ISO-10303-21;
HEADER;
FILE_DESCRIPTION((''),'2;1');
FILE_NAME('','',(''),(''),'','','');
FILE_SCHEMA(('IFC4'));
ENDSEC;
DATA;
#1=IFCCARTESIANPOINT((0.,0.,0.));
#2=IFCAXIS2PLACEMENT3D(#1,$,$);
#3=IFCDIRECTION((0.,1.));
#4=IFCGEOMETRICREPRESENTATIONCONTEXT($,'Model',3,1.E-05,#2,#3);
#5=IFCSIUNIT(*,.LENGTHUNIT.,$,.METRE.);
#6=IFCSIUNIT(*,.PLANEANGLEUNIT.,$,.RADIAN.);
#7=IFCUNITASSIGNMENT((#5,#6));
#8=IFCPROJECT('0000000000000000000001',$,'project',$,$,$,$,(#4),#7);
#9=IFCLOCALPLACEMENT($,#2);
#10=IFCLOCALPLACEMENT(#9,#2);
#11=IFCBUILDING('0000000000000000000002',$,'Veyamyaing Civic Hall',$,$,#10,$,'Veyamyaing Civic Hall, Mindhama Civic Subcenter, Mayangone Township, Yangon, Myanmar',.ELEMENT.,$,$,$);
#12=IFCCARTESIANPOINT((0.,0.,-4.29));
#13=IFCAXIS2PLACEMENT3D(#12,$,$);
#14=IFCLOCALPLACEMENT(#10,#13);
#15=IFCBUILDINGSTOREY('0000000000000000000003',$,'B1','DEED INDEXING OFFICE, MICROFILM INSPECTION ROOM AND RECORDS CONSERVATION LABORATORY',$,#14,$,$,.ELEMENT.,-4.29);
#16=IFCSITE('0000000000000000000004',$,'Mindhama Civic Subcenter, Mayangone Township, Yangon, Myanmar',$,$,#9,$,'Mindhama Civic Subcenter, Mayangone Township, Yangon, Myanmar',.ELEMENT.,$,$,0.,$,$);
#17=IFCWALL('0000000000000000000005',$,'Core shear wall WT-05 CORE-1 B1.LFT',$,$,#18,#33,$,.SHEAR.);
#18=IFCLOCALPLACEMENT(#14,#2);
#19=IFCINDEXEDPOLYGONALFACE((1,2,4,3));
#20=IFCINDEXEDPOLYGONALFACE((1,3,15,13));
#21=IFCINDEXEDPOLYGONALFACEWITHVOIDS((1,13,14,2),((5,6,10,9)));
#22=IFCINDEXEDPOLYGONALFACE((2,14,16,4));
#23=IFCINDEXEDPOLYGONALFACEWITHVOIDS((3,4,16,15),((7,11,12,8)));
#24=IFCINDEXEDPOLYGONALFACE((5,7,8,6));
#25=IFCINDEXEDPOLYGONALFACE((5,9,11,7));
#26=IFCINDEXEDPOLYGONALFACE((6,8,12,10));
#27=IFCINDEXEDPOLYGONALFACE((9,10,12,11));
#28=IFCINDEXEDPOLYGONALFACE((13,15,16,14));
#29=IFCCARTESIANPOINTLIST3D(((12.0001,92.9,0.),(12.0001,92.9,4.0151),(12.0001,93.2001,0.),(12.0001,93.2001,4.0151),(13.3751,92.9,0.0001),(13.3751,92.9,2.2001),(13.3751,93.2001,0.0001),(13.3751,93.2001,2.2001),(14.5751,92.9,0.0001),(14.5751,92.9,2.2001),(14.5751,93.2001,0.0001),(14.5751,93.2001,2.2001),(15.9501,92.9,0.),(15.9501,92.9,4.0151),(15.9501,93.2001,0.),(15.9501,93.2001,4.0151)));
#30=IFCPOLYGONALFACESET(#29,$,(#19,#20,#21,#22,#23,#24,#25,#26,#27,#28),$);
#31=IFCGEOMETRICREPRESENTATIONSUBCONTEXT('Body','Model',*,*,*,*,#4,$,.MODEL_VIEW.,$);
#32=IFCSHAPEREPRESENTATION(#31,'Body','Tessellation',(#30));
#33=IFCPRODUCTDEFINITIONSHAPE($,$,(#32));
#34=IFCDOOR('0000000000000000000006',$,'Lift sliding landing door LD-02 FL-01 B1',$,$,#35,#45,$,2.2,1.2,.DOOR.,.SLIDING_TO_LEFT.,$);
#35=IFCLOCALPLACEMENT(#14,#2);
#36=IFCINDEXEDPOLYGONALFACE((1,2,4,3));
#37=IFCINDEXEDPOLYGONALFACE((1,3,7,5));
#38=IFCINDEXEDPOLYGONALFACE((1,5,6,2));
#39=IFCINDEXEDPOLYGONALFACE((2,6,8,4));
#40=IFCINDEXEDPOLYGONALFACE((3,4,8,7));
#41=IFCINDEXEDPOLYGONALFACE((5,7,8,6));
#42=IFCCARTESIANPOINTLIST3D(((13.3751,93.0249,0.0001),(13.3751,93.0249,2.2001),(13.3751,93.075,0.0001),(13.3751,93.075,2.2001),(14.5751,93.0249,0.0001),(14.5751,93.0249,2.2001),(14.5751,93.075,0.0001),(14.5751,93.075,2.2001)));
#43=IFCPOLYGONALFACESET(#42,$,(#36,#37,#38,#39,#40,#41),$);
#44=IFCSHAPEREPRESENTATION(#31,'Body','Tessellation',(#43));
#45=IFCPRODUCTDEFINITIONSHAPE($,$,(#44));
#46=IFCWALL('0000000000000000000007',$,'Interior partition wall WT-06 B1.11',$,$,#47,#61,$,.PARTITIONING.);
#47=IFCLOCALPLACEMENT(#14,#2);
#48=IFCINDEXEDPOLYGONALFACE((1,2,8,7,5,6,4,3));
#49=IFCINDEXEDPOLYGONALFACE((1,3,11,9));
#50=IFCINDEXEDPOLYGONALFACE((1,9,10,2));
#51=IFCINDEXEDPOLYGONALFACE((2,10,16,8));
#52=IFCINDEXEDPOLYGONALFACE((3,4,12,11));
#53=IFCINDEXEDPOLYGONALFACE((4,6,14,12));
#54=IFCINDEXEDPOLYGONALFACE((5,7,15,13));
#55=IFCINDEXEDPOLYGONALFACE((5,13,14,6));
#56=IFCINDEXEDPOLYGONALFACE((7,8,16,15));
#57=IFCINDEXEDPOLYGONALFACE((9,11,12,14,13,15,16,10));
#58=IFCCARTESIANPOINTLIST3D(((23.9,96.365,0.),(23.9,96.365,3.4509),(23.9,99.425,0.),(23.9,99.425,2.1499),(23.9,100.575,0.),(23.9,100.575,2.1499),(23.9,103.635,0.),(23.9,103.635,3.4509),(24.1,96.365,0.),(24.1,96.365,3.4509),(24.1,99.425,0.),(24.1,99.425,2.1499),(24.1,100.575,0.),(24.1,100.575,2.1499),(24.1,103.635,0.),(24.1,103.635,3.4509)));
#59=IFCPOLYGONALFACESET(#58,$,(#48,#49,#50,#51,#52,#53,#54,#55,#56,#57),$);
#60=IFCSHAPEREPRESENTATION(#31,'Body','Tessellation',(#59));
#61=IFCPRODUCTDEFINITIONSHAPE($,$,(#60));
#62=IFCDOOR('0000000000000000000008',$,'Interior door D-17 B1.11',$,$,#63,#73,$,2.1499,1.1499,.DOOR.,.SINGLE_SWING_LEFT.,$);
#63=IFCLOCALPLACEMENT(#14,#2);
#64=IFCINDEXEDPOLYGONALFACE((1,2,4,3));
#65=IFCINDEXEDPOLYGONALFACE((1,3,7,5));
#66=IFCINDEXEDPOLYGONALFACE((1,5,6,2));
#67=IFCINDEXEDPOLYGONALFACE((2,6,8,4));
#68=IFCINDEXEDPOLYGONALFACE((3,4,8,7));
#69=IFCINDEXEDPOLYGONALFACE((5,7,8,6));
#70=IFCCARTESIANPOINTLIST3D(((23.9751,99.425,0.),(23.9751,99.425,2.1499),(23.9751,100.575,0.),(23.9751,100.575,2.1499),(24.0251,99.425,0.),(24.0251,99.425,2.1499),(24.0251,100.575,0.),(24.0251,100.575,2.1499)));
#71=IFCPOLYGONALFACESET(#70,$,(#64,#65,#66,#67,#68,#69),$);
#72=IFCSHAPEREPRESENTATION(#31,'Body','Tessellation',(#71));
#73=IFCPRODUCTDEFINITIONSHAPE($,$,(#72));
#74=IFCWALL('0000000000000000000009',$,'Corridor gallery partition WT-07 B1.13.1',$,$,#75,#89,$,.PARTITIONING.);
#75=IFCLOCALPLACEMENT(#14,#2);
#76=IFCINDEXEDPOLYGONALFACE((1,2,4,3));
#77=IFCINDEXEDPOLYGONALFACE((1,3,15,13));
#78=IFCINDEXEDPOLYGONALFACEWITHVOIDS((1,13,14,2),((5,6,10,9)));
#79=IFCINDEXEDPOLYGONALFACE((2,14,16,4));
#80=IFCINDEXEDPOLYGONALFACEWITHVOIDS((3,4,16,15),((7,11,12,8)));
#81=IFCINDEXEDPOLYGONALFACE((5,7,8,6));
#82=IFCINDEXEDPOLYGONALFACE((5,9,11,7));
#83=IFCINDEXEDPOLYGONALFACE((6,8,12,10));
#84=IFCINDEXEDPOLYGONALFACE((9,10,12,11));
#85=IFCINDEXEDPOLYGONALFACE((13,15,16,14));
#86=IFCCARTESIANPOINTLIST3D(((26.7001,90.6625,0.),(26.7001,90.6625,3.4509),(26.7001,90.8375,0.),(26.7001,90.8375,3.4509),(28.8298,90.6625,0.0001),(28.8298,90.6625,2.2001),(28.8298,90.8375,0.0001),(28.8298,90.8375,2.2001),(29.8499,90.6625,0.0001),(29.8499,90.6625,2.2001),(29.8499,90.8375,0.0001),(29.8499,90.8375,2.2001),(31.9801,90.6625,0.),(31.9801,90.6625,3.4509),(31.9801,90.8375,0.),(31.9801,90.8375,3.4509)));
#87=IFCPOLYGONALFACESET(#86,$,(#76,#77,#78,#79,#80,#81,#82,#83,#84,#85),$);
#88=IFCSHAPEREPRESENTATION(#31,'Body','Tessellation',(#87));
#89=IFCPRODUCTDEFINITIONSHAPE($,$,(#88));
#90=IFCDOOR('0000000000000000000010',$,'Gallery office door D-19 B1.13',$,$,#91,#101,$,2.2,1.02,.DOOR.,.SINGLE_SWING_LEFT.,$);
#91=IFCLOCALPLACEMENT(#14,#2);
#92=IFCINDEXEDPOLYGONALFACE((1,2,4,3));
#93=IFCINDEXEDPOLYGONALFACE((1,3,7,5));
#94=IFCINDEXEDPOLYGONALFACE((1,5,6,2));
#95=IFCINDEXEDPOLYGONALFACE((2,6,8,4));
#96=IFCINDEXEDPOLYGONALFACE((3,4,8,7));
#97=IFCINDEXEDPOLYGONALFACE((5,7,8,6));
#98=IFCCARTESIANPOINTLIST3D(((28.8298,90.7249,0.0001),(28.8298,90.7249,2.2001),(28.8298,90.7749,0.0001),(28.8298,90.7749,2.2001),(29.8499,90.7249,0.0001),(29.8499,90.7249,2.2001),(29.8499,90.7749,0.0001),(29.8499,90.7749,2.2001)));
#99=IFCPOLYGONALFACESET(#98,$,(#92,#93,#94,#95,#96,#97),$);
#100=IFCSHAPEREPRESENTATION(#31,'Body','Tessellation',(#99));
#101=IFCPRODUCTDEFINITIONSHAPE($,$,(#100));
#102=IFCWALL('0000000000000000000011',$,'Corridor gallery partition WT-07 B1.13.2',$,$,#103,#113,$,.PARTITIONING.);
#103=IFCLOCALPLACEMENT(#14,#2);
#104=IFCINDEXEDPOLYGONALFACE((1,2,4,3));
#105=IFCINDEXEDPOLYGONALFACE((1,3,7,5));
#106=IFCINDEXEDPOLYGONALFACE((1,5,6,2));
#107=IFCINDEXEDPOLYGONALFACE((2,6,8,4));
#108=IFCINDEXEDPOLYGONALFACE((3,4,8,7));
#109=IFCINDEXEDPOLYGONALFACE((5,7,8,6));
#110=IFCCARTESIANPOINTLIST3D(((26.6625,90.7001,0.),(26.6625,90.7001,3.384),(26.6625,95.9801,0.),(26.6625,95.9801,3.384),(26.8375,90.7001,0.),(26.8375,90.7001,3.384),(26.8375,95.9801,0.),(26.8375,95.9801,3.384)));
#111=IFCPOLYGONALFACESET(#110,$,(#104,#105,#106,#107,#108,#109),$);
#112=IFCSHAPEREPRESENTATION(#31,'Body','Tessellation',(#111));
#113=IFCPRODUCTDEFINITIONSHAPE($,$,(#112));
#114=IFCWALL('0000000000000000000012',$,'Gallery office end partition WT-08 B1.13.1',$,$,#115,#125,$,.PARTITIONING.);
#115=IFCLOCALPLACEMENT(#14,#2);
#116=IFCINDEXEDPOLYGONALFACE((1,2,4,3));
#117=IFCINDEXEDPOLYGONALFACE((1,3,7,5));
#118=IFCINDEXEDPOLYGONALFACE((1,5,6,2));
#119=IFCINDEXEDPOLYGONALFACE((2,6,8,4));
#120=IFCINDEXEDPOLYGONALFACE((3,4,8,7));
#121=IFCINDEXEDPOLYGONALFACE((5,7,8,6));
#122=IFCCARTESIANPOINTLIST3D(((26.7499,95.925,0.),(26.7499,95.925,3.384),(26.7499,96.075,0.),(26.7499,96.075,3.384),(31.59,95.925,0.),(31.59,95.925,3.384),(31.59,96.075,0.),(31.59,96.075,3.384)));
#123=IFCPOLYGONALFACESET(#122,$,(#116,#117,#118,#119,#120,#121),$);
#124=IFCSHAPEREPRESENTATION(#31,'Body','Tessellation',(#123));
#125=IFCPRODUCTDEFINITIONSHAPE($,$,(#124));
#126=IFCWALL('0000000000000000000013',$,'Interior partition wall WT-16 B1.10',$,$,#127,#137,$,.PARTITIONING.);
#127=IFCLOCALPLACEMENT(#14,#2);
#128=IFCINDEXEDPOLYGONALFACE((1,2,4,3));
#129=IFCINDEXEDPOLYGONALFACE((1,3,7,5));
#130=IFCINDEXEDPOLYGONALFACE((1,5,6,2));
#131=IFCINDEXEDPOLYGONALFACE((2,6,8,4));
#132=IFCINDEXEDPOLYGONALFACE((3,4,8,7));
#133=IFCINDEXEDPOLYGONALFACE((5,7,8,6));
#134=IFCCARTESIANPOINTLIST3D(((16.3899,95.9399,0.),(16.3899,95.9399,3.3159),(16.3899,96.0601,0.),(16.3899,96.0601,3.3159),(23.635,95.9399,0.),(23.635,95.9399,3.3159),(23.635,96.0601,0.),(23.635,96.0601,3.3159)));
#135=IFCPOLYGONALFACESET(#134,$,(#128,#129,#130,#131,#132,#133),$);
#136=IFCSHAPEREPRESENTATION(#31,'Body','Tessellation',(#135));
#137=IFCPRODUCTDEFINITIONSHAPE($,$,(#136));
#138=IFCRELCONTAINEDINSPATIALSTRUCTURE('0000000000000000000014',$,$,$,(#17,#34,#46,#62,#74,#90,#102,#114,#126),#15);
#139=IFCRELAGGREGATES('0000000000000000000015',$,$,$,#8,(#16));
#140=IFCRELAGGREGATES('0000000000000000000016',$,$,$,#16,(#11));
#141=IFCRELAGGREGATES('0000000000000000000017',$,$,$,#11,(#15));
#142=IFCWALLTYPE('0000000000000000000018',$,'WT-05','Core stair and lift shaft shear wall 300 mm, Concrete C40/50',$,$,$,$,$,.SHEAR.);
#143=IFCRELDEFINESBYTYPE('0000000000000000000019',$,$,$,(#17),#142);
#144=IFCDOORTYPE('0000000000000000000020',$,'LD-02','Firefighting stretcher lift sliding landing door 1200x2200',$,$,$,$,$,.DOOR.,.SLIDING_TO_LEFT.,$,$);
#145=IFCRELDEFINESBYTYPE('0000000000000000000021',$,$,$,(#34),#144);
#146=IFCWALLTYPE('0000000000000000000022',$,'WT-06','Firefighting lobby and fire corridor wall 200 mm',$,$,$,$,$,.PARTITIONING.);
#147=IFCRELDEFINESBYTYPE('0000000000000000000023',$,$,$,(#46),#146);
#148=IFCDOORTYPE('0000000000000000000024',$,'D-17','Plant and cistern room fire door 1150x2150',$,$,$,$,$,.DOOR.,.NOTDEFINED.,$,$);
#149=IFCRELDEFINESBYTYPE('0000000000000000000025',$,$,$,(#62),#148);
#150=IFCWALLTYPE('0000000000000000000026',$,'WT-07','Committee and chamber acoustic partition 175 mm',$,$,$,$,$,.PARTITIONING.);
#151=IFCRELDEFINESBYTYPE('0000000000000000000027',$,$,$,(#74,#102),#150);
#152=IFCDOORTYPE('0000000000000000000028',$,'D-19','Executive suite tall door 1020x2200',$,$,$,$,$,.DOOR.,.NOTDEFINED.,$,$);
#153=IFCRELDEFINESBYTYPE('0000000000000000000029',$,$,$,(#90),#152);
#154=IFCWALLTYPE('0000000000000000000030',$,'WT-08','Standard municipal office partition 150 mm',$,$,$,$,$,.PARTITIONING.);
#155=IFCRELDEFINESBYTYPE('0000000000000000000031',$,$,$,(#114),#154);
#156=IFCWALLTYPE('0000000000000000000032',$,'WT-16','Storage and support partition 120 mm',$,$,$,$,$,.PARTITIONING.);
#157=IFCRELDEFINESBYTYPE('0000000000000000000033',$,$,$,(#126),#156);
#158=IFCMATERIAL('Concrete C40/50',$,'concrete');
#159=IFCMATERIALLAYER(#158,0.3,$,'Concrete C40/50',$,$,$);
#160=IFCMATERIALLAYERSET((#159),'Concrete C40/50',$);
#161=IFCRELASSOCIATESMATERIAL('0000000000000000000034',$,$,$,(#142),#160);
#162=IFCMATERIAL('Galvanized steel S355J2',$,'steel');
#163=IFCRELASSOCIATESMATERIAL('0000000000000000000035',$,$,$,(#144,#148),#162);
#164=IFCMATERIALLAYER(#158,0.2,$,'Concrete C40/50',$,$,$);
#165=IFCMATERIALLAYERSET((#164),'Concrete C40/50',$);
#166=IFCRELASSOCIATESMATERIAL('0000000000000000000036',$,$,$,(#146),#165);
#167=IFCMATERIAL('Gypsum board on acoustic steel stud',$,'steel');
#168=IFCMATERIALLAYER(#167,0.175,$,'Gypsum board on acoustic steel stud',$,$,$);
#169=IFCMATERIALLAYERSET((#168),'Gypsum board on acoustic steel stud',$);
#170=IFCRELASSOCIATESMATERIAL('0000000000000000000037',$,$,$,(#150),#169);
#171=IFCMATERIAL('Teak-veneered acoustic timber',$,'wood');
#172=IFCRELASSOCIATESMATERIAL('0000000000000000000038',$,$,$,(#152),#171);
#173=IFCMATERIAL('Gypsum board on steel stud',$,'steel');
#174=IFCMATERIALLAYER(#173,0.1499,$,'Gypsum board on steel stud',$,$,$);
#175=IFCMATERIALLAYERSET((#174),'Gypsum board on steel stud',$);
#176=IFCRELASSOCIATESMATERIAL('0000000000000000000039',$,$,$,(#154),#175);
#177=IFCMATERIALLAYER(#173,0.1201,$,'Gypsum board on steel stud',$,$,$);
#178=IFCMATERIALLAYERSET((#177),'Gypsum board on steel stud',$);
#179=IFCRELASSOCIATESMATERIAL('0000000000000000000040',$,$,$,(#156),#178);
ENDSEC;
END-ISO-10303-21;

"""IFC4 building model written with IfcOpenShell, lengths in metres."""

from ifc_helpers import new_model, si_unit, direction, frame, frame_2d, origin, place, context, subcontext, project, spatial, rectangle, extrude, material, layer, layer_set, type_object, element, fill, save


model = new_model("IFC4")

# Units and contexts
model_context = context("Model", 3, precision=1e-05, world=origin(), true_north=direction((0.0, 1.0)))
body_context = subcontext(model_context, "Body", "Model", "MODEL_VIEW")
ifc_project = project(units=[si_unit("LENGTHUNIT", "METRE"), si_unit("PLANEANGLEUNIT", "RADIAN")], contexts=[model_context])

# Site, building, storey
site_placement = place(None, origin())
site = spatial("IfcSite", under=ifc_project, at=site_placement, Name="Mindhama Civic Subcenter, Mayangone Township, Yangon, Myanmar", LongName="Mindhama Civic Subcenter, Mayangone Township, Yangon, Myanmar", CompositionType="ELEMENT", RefElevation=0.0)
building_placement = place(site_placement, origin())
building = spatial("IfcBuilding", under=site, at=building_placement, Name="Veyamyaing Civic Hall", LongName="Veyamyaing Civic Hall, Mindhama Civic Subcenter, Mayangone Township, Yangon, Myanmar", CompositionType="ELEMENT")
storey_placement = place(building_placement, frame((0.0, 0.0, -4.29)))
storey = spatial("IfcBuildingStorey", under=building, at=storey_placement, Name="B1", Description="DEED INDEXING OFFICE, MICROFILM INSPECTION ROOM AND RECORDS CONSERVATION LABORATORY", CompositionType="ELEMENT", Elevation=-4.29)

# Shared definitions
ifc_material_1 = material(Name="Concrete C40/50", Category="concrete")

# Walls, openings, doors
ifc_layer_1 = layer(ifc_material_1, 0.3, Name="Concrete C40/50")
ifc_layer_set_1 = layer_set([ifc_layer_1], Name="Concrete C40/50")
wall_type_1 = type_object("IfcWallType", Name="WT-05", Description="Core stair and lift shaft shear wall 300 mm, Concrete C40/50", PredefinedType="SHEAR", material=ifc_layer_set_1)
wall_1_placement = place(storey_placement, frame((12.0, 93.05, 0.0), z_axis=(0.0, 0.0, 1.0), x_axis=(1.0, 0.0, 0.0)))
wall_1 = element("IfcWall", 1, at=wall_1_placement, inside=storey, type_object=wall_type_1, Name="Core shear wall WT-05 CORE-1 B1.LFT", PredefinedType="SHEAR", context=body_context, shape_type="SweptSolid", body=[
    extrude(rectangle(XDim=3.95, YDim=0.3, at=frame_2d((1.9751, 0.0))), origin(), (0.0, 0.0, 1.0), 4.0151),
])
opening_1_placement = place(wall_1_placement, frame((1.375, 0.0, 0.0)))
opening_1 = element("IfcOpeningElement", 2, at=opening_1_placement, cuts=wall_1, PredefinedType="OPENING", context=body_context, shape_type="SweptSolid", body=[
    extrude(rectangle(XDim=1.2, YDim=2.2, at=frame_2d((0.6001, 1.1001))), frame((0.0, 0.1599, 0.0), z_axis=(0.0, -1.0, 0.0), x_axis=(1.0, 0.0, 0.0)), (0.0, 0.0, 1.0), 0.3201),
])
ifc_material_2 = material(Name="Galvanized steel S355J2", Category="steel")
door_type_1 = type_object("IfcDoorType", Name="LD-02", Description="Firefighting stretcher lift sliding landing door 1200x2200", OperationType="SLIDING_TO_LEFT", PredefinedType="DOOR", material=ifc_material_2)
door_1_placement = place(opening_1_placement, origin())
door_1 = element("IfcDoor", 3, at=door_1_placement, inside=storey, type_object=door_type_1, Name="Lift sliding landing door LD-02 FL-01 B1", OperationType="SLIDING_TO_LEFT", OverallHeight=2.2, OverallWidth=1.2, PredefinedType="DOOR", context=body_context, shape_type="SweptSolid", body=[
    extrude(rectangle(XDim=1.2, YDim=2.2, at=frame_2d((0.6001, 1.1001))), frame((0.0, 0.0249, 0.0), z_axis=(0.0, -1.0, 0.0), x_axis=(1.0, 0.0, 0.0)), (0.0, 0.0, 1.0), 0.05),
])
fill(opening_1, door_1)
ifc_layer_2 = layer(ifc_material_1, 0.2, Name="Concrete C40/50")
ifc_layer_set_2 = layer_set([ifc_layer_2], Name="Concrete C40/50")
wall_type_2 = type_object("IfcWallType", Name="WT-06", Description="Firefighting lobby and fire corridor wall 200 mm", PredefinedType="PARTITIONING", material=ifc_layer_set_2)
wall_2_placement = place(storey_placement, frame((24.0, 96.365, 0.0), z_axis=(0.0, 0.0, 1.0), x_axis=(0.0, 1.0, 0.0)))
wall_2 = element("IfcWall", 4, at=wall_2_placement, inside=storey, type_object=wall_type_2, Name="Interior partition wall WT-06 B1.11", PredefinedType="PARTITIONING", context=body_context, shape_type="SweptSolid", body=[
    extrude(rectangle(XDim=7.27, YDim=0.2, at=frame_2d((3.635, 0.0))), origin(), (0.0, 0.0, 1.0), 3.4509),
])
opening_2_placement = place(wall_2_placement, frame((3.0601, 0.0, 0.0)))
opening_2 = element("IfcOpeningElement", 5, at=opening_2_placement, cuts=wall_2, PredefinedType="OPENING", context=body_context, shape_type="SweptSolid", body=[
    extrude(rectangle(XDim=1.1499, YDim=2.1499, at=frame_2d((0.575, 1.075))), frame((0.0, 0.1099, 0.0), z_axis=(0.0, -1.0, 0.0), x_axis=(1.0, 0.0, 0.0)), (0.0, 0.0, 1.0), 0.22),
])
door_type_2 = type_object("IfcDoorType", Name="D-17", Description="Plant and cistern room fire door 1150x2150", OperationType="NOTDEFINED", PredefinedType="DOOR", material=ifc_material_2)
door_2_placement = place(opening_2_placement, origin())
door_2 = element("IfcDoor", 6, at=door_2_placement, inside=storey, type_object=door_type_2, Name="Interior door D-17 B1.11", OperationType="SINGLE_SWING_LEFT", OverallHeight=2.1499, OverallWidth=1.1499, PredefinedType="DOOR", context=body_context, shape_type="SweptSolid", body=[
    extrude(rectangle(XDim=1.1499, YDim=2.1499, at=frame_2d((0.575, 1.075))), frame((0.0, 0.0249, 0.0), z_axis=(0.0, -1.0, 0.0), x_axis=(1.0, 0.0, 0.0)), (0.0, 0.0, 1.0), 0.05),
])
fill(opening_2, door_2)
ifc_material_3 = material(Name="Gypsum board on acoustic steel stud", Category="steel")
ifc_layer_3 = layer(ifc_material_3, 0.175, Name="Gypsum board on acoustic steel stud")
ifc_layer_set_3 = layer_set([ifc_layer_3], Name="Gypsum board on acoustic steel stud")
wall_type_3 = type_object("IfcWallType", Name="WT-07", Description="Committee and chamber acoustic partition 175 mm", PredefinedType="PARTITIONING", material=ifc_layer_set_3)
wall_3_placement = place(storey_placement, frame((26.7, 90.75, 0.0), z_axis=(0.0, 0.0, 1.0), x_axis=(1.0, 0.0, 0.0)))
wall_3 = element("IfcWall", 7, at=wall_3_placement, inside=storey, type_object=wall_type_3, Name="Corridor gallery partition WT-07 B1.13.1", PredefinedType="PARTITIONING", context=body_context, shape_type="SweptSolid", body=[
    extrude(rectangle(XDim=5.28, YDim=0.175, at=frame_2d((2.6401, 0.0))), origin(), (0.0, 0.0, 1.0), 3.4509),
])
opening_3_placement = place(wall_3_placement, frame((2.1299, 0.0, 0.0)))
opening_3 = element("IfcOpeningElement", 8, at=opening_3_placement, cuts=wall_3, PredefinedType="OPENING", context=body_context, shape_type="SweptSolid", body=[
    extrude(rectangle(XDim=1.02, YDim=2.2, at=frame_2d((0.51, 1.1001))), frame((0.0, 0.0974, 0.0), z_axis=(0.0, -1.0, 0.0), x_axis=(1.0, 0.0, 0.0)), (0.0, 0.0, 1.0), 0.1951),
])
ifc_material_4 = material(Name="Teak-veneered acoustic timber", Category="wood")
door_type_3 = type_object("IfcDoorType", Name="D-19", Description="Executive suite tall door 1020x2200", OperationType="NOTDEFINED", PredefinedType="DOOR", material=ifc_material_4)
door_3_placement = place(opening_3_placement, origin())
door_3 = element("IfcDoor", 9, at=door_3_placement, inside=storey, type_object=door_type_3, Name="Gallery office door D-19 B1.13", OperationType="SINGLE_SWING_LEFT", OverallHeight=2.2, OverallWidth=1.02, PredefinedType="DOOR", context=body_context, shape_type="SweptSolid", body=[
    extrude(rectangle(XDim=1.02, YDim=2.2, at=frame_2d((0.51, 1.1001))), frame((0.0, 0.0249, 0.0), z_axis=(0.0, -1.0, 0.0), x_axis=(1.0, 0.0, 0.0)), (0.0, 0.0, 1.0), 0.05),
])
fill(opening_3, door_3)

# Walls
wall_4_placement = place(storey_placement, frame((26.75, 90.7, 0.0), z_axis=(0.0, 0.0, 1.0), x_axis=(0.0, 1.0, 0.0)))
element("IfcWall", 10, at=wall_4_placement, inside=storey, type_object=wall_type_3, Name="Corridor gallery partition WT-07 B1.13.2", PredefinedType="PARTITIONING", context=body_context, shape_type="SweptSolid", body=[
    extrude(rectangle(XDim=5.28, YDim=0.175, at=frame_2d((2.6401, 0.0))), origin(), (0.0, 0.0, 1.0), 3.384),
])
ifc_material_5 = material(Name="Gypsum board on steel stud", Category="steel")
ifc_layer_4 = layer(ifc_material_5, 0.1499, Name="Gypsum board on steel stud")
ifc_layer_set_4 = layer_set([ifc_layer_4], Name="Gypsum board on steel stud")
wall_type_4 = type_object("IfcWallType", Name="WT-08", Description="Standard municipal office partition 150 mm", PredefinedType="PARTITIONING", material=ifc_layer_set_4)
wall_5_placement = place(storey_placement, frame((26.75, 96.0, 0.0), z_axis=(0.0, 0.0, 1.0), x_axis=(1.0, 0.0, 0.0)))
element("IfcWall", 11, at=wall_5_placement, inside=storey, type_object=wall_type_4, Name="Gallery office end partition WT-08 B1.13.1", PredefinedType="PARTITIONING", context=body_context, shape_type="SweptSolid", body=[
    extrude(rectangle(XDim=4.8401, YDim=0.1499, at=frame_2d((2.4199, 0.0))), origin(), (0.0, 0.0, 1.0), 3.384),
])
ifc_layer_5 = layer(ifc_material_5, 0.1201, Name="Gypsum board on steel stud")
ifc_layer_set_5 = layer_set([ifc_layer_5], Name="Gypsum board on steel stud")
wall_type_5 = type_object("IfcWallType", Name="WT-16", Description="Storage and support partition 120 mm", PredefinedType="PARTITIONING", material=ifc_layer_set_5)
wall_6_placement = place(storey_placement, frame((16.3899, 96.0, 0.0), z_axis=(0.0, 0.0, 1.0), x_axis=(1.0, 0.0, 0.0)))
element("IfcWall", 12, at=wall_6_placement, inside=storey, type_object=wall_type_5, Name="Interior partition wall WT-16 B1.10", PredefinedType="PARTITIONING", context=body_context, shape_type="SweptSolid", body=[
    extrude(rectangle(XDim=7.2451, YDim=0.1201, at=frame_2d((3.6226, 0.0))), origin(), (0.0, 0.0, 1.0), 3.3159),
])

save(model, "model.ifc")
